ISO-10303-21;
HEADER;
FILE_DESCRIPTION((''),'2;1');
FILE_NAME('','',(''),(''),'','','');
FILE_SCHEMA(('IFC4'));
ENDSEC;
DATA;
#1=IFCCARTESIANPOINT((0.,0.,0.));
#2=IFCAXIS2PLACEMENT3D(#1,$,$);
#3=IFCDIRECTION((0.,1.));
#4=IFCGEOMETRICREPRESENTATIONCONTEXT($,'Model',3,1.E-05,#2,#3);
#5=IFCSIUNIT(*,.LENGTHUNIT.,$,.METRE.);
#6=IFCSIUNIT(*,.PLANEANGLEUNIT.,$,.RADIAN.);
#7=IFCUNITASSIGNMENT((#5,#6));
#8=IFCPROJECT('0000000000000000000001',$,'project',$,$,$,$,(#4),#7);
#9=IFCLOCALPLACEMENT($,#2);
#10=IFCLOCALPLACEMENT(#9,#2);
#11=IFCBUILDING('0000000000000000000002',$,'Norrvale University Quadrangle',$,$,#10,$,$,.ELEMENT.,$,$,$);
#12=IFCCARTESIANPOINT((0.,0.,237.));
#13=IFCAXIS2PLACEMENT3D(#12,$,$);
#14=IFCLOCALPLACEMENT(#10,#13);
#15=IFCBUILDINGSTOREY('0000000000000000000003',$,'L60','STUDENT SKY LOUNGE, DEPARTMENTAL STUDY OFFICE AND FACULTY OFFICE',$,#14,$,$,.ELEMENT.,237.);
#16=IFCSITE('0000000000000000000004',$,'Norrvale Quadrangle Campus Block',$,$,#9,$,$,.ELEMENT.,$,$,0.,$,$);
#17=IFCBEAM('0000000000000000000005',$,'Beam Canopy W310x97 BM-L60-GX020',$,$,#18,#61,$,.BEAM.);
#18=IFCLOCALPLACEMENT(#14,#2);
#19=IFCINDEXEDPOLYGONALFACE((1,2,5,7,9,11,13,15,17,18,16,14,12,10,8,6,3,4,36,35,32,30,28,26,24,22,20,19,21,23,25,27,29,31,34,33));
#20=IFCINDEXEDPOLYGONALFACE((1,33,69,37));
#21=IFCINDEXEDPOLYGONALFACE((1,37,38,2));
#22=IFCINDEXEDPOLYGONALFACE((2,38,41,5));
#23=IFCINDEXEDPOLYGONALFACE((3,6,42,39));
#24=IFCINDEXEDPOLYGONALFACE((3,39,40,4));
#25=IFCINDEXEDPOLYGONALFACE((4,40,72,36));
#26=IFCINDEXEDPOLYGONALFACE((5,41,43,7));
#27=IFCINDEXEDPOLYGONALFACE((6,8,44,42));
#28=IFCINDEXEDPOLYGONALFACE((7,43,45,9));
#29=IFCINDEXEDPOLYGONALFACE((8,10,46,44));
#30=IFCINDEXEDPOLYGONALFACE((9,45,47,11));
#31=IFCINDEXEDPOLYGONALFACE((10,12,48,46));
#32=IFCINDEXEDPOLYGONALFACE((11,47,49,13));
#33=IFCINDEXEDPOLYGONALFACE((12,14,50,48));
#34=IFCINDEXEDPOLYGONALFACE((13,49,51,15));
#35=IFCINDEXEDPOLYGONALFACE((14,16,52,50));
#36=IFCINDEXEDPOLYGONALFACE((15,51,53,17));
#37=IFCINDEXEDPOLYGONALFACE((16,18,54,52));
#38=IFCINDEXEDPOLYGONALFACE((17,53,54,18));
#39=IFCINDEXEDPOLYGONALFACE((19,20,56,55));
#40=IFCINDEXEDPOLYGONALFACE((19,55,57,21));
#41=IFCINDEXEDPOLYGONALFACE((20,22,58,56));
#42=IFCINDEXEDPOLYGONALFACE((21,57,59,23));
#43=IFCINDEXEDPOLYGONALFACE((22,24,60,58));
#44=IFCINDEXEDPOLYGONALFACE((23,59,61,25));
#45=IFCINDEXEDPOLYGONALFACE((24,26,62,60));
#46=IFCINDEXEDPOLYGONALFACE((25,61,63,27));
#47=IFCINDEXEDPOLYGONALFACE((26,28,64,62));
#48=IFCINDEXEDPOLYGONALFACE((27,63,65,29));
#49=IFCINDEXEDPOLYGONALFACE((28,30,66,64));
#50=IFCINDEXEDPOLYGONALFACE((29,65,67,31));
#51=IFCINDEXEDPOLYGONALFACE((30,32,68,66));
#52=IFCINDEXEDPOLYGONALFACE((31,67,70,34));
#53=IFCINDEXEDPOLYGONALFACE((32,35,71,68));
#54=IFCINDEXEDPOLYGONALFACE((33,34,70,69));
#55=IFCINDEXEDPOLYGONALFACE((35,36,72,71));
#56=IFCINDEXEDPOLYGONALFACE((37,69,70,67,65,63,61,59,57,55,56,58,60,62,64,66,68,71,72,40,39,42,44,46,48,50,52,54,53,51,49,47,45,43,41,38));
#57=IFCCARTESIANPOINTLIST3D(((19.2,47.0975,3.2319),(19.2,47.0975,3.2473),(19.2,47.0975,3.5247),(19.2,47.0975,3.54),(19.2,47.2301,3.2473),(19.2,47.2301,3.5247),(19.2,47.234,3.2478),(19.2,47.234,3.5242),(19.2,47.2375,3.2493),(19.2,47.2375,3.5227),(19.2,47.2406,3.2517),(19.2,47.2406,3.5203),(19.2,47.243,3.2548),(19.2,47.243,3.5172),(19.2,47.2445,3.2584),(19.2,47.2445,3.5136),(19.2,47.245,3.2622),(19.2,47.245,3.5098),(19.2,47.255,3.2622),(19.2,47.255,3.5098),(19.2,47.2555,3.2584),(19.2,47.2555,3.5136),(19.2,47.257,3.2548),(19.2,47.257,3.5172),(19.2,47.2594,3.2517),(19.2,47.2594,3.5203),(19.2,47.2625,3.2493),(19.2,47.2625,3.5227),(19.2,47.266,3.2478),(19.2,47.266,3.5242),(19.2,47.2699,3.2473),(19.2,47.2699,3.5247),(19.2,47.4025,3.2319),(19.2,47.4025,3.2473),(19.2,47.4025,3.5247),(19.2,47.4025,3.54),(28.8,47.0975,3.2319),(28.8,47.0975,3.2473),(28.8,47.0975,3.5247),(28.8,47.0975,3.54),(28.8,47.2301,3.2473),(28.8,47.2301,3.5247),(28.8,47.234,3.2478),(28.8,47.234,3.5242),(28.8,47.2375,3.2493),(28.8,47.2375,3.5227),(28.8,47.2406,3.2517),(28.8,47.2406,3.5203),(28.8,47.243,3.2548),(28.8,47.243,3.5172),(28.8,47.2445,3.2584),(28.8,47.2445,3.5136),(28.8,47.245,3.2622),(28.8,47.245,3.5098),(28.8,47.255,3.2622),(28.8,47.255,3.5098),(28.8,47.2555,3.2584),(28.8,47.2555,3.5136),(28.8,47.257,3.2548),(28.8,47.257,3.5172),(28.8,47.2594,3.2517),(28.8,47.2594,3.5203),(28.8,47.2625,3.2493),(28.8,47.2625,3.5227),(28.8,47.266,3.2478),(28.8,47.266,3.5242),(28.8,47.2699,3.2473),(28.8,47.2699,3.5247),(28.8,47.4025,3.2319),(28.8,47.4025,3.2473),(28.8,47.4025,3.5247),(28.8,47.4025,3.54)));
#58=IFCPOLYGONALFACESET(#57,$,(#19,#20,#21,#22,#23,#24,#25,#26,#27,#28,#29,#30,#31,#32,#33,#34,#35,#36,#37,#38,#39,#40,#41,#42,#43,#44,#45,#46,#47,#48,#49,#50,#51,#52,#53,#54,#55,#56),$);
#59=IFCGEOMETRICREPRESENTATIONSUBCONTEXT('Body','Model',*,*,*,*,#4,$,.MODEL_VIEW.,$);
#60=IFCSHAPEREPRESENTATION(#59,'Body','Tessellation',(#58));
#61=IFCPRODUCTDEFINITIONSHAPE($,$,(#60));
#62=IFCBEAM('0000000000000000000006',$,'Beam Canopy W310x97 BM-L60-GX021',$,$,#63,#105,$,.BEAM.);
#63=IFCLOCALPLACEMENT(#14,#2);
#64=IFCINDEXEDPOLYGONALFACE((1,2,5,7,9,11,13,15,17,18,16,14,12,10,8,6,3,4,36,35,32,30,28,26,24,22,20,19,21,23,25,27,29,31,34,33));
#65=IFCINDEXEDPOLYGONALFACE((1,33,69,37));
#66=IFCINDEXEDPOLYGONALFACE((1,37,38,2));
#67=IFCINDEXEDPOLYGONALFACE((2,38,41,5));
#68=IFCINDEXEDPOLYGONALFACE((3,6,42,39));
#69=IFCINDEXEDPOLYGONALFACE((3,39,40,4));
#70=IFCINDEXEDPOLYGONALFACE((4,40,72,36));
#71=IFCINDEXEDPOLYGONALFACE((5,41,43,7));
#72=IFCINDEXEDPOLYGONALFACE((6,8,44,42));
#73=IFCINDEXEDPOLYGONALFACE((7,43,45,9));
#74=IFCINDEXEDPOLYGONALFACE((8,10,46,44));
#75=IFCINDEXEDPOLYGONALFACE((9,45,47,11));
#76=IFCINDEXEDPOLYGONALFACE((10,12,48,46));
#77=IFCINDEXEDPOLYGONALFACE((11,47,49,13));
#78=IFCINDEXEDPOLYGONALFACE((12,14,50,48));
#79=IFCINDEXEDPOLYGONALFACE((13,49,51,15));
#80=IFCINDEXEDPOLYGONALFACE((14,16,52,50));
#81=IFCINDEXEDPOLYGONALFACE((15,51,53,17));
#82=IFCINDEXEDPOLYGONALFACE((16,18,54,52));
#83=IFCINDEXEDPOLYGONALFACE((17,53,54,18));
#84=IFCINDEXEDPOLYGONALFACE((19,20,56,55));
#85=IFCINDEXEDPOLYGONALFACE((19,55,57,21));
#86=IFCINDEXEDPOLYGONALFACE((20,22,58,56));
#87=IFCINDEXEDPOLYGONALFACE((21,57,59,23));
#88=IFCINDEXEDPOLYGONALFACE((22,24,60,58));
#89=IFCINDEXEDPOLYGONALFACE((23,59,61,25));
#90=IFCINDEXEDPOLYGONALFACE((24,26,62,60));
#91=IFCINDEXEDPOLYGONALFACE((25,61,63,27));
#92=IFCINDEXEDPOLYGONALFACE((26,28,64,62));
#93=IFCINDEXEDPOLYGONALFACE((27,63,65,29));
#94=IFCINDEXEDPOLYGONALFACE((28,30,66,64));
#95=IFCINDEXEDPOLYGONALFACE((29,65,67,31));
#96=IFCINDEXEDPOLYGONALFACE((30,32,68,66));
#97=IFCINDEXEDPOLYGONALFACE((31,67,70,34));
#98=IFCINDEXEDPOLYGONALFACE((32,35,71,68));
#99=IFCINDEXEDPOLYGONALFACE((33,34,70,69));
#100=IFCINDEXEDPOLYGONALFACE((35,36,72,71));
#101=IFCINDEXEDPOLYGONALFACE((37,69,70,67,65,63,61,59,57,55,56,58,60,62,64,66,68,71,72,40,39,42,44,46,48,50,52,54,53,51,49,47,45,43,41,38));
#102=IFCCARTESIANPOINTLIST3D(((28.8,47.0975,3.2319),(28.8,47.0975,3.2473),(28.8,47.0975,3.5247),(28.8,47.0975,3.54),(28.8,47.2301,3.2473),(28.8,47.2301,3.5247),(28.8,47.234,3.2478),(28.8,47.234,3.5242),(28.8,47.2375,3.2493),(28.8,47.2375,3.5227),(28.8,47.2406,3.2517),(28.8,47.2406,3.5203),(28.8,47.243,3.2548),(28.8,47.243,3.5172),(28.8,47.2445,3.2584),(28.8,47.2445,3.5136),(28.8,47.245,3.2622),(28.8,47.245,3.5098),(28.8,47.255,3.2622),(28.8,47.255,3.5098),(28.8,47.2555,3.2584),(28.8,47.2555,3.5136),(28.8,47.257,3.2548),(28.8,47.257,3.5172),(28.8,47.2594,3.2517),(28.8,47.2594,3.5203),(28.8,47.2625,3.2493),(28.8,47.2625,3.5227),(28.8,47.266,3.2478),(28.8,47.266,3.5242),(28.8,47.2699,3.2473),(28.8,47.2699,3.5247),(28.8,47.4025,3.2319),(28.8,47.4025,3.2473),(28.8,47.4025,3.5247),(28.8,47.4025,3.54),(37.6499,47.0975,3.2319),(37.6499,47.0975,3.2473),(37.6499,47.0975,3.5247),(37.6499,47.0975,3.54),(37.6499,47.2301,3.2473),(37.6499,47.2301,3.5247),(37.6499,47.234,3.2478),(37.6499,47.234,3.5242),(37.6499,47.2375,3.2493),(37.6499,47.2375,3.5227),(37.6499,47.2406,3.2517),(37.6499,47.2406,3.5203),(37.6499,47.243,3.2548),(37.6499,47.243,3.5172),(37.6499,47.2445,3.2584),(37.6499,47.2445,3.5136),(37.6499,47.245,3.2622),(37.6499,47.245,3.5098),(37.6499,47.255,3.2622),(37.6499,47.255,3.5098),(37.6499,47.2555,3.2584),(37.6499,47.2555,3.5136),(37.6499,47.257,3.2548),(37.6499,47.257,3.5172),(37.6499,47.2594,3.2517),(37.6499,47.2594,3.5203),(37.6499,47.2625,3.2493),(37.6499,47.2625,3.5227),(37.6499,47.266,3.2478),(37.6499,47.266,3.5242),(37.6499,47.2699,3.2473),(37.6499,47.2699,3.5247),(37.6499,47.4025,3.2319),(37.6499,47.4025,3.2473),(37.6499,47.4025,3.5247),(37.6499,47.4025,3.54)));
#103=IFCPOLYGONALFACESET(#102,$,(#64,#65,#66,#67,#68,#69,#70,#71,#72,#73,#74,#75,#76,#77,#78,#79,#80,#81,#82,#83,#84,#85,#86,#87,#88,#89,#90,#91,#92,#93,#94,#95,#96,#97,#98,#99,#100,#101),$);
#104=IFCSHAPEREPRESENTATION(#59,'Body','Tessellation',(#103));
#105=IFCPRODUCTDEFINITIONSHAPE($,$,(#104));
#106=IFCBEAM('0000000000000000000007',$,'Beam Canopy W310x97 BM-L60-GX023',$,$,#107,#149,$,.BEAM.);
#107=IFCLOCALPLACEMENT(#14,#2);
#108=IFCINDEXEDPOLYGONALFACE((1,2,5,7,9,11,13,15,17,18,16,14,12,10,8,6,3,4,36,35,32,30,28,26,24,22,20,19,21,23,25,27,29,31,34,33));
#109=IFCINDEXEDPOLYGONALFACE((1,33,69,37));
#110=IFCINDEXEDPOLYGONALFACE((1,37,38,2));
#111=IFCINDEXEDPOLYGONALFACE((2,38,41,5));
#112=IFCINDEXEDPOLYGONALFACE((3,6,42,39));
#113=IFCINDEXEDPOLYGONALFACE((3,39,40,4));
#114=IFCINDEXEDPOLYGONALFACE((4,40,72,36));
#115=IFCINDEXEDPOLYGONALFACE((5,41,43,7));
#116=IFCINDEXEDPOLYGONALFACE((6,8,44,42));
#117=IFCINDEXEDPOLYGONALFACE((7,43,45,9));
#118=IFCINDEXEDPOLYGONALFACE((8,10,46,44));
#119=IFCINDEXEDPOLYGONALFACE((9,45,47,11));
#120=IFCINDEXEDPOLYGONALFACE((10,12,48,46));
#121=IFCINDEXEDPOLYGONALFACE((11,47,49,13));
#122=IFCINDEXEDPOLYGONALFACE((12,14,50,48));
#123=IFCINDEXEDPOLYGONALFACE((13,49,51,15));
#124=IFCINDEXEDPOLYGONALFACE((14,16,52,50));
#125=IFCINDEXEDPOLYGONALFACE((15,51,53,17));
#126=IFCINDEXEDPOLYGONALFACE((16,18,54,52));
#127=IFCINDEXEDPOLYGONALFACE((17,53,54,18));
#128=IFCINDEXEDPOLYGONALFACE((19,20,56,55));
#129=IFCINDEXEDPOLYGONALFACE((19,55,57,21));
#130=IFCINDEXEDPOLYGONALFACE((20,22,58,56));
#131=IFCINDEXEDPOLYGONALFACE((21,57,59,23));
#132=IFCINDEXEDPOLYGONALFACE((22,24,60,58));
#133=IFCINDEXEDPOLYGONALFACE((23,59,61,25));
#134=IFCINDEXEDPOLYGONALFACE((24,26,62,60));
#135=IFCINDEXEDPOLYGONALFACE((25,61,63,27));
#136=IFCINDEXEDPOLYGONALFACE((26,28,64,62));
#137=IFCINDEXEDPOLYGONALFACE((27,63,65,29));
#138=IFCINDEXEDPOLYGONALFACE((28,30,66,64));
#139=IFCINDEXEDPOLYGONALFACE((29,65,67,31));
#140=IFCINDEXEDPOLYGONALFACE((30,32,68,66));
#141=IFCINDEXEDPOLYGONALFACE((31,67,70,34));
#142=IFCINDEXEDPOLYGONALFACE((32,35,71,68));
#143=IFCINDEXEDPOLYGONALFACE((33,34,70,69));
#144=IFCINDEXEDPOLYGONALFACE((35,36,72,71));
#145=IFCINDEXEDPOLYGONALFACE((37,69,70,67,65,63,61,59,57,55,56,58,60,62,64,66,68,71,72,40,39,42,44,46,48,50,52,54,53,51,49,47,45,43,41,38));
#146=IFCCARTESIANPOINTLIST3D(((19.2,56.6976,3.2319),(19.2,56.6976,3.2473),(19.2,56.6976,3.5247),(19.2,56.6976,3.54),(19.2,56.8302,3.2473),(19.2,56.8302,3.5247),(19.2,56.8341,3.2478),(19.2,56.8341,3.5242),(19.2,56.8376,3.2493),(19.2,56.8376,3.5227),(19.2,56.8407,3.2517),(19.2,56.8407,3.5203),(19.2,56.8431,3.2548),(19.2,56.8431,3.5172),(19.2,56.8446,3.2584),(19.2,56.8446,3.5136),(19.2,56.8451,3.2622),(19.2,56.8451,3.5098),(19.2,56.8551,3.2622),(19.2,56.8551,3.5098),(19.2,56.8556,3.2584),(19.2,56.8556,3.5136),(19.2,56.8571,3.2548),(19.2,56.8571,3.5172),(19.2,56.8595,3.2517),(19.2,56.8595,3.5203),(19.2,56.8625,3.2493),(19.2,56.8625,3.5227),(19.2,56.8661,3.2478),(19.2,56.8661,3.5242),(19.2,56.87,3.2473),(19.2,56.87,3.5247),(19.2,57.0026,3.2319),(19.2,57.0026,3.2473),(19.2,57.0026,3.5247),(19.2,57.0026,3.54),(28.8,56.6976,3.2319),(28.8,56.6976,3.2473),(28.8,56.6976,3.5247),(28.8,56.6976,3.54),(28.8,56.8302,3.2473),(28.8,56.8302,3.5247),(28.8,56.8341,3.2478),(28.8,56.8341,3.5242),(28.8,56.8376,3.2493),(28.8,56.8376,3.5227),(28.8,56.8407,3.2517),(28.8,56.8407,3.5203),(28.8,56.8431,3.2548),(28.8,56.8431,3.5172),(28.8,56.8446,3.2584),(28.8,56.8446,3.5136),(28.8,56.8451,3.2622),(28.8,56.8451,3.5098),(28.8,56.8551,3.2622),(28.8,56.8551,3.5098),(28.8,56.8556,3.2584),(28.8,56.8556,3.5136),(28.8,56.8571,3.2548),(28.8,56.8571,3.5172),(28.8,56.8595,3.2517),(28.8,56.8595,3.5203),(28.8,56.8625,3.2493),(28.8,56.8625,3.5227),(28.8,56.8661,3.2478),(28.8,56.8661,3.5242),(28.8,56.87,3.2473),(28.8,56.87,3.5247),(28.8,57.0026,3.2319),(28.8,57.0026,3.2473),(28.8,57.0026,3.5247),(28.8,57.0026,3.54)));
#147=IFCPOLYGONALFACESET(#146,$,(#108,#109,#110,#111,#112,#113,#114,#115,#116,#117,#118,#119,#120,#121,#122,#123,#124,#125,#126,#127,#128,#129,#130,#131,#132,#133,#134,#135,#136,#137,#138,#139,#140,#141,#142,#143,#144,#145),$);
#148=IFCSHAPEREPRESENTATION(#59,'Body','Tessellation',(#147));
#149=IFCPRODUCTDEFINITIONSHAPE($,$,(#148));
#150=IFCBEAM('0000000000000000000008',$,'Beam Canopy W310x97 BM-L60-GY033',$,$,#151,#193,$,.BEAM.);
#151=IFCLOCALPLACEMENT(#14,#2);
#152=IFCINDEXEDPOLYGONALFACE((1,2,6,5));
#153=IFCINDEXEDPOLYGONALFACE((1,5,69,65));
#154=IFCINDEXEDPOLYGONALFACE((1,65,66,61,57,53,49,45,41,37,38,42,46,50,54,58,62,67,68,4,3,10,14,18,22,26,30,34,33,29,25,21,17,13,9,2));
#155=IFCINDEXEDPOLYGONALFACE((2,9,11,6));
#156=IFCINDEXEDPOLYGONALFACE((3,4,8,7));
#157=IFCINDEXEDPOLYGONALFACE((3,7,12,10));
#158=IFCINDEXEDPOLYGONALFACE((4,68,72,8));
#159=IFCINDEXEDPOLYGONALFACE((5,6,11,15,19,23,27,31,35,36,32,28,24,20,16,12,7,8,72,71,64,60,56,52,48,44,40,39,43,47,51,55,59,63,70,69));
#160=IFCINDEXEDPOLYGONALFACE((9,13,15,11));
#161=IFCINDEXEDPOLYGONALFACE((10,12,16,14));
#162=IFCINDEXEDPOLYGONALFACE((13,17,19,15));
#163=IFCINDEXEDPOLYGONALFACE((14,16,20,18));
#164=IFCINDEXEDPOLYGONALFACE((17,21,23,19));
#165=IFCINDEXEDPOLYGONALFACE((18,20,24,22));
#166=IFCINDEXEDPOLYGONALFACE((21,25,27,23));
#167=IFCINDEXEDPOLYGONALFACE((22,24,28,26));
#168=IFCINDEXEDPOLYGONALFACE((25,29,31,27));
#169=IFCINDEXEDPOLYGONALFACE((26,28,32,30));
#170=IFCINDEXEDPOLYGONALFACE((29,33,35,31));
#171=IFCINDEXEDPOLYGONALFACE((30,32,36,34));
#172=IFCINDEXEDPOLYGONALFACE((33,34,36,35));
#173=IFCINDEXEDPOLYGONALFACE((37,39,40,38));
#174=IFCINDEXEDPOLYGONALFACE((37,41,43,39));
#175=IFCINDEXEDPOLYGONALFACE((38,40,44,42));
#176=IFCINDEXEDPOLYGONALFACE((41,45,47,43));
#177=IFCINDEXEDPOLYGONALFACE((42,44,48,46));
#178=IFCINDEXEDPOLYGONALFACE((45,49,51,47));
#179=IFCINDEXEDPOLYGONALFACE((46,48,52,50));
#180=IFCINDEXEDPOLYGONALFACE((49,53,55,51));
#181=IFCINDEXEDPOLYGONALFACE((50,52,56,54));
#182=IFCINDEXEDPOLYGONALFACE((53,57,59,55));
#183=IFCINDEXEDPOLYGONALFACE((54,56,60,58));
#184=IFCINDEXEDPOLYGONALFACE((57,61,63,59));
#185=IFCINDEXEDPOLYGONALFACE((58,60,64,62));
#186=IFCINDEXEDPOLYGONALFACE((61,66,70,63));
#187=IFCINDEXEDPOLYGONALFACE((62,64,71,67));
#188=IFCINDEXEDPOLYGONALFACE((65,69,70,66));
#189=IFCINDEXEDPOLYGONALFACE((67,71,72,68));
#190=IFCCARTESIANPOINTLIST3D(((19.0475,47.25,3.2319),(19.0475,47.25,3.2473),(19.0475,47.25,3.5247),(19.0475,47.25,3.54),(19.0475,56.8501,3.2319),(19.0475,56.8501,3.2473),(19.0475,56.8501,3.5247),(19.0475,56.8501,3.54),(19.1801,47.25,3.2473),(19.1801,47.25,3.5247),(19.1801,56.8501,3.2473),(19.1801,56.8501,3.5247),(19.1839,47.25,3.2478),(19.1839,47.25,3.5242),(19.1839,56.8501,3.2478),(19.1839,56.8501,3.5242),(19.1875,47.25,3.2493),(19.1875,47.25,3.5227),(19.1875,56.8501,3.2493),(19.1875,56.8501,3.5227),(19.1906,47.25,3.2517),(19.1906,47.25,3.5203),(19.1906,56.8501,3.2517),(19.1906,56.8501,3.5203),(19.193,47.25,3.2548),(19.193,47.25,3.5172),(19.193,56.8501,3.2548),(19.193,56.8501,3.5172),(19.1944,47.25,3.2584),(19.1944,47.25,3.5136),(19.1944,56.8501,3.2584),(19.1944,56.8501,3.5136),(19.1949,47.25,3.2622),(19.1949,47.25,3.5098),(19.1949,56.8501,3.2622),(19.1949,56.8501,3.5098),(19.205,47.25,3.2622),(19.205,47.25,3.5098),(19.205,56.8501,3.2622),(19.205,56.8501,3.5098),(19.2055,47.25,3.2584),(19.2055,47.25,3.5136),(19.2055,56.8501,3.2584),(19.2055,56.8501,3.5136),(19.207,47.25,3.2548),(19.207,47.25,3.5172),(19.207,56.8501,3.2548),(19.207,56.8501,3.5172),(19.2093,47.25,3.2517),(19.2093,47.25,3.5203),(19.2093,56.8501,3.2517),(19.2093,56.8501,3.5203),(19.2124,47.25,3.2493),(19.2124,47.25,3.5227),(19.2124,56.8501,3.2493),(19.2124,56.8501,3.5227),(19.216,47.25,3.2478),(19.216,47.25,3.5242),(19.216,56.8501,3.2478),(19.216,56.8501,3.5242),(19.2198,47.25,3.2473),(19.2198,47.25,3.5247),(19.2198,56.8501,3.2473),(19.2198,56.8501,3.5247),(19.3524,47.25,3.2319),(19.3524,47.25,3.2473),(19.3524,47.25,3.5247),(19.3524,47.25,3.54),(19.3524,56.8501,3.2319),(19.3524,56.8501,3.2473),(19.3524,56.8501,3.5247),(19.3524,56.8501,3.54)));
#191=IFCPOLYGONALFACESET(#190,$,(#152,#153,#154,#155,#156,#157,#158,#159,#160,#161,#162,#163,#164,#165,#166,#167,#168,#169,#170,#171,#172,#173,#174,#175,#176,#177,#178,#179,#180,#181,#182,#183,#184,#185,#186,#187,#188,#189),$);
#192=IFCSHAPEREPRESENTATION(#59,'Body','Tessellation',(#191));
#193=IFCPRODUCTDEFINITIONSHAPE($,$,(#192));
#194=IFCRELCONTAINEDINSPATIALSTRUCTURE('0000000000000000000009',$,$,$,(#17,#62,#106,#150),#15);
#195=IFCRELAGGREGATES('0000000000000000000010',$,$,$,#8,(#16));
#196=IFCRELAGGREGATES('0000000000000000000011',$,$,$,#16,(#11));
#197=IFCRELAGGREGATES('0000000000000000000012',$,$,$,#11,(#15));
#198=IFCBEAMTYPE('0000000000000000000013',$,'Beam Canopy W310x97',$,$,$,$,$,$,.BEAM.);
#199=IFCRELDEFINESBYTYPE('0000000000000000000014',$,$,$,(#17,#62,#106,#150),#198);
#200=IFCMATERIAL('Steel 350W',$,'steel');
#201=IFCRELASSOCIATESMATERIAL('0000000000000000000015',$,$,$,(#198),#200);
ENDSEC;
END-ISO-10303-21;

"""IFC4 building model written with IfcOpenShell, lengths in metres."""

from ifc_helpers import new_model, si_unit, direction, frame, origin, origin_2d, place, context, subcontext, project, spatial, i_section, extrude, material, material_profile, profile_set, type_object, element, save


model = new_model("IFC4")

# Units and contexts
model_context = context("Model", 3, precision=1e-05, world=origin(), true_north=direction((0.0, 1.0)))
body_context = subcontext(model_context, "Body", "Model", "MODEL_VIEW")
ifc_project = project(units=[si_unit("LENGTHUNIT", "METRE"), si_unit("PLANEANGLEUNIT", "RADIAN")], contexts=[model_context])

# Site, building, storey
site_placement = place(None, origin())
site = spatial("IfcSite", under=ifc_project, at=site_placement, Name="Norrvale Quadrangle Campus Block", CompositionType="ELEMENT", RefElevation=0.0)
building_placement = place(site_placement, origin())
building = spatial("IfcBuilding", under=site, at=building_placement, Name="Norrvale University Quadrangle", CompositionType="ELEMENT")
storey_placement = place(building_placement, frame((0.0, 0.0, 237.0)))
storey = spatial("IfcBuildingStorey", under=building, at=storey_placement, Name="L60", Description="STUDENT SKY LOUNGE, DEPARTMENTAL STUDY OFFICE AND FACULTY OFFICE", CompositionType="ELEMENT", Elevation=237.0)

# Beams
ifc_material_1 = material(Name="Steel 350W", Category="steel")
ifc_material_profile_1 = material_profile(ifc_material_1, i_section(OverallWidth=0.3049, OverallDepth=0.3081, WebThickness=0.01, FlangeThickness=0.0154, FilletRadius=0.0149, at=origin_2d()), Name="Steel 350W")
ifc_profile_set_1 = profile_set([ifc_material_profile_1], Name="Steel 350W")
beam_type_1 = type_object("IfcBeamType", Name="Beam Canopy W310x97", PredefinedType="BEAM", material=ifc_profile_set_1)
beam_1_placement = place(storey_placement, frame((19.2, 47.25, 3.386), z_axis=(1.0, 0.0, 0.0), x_axis=(0.0, 1.0, 0.0)))
element("IfcBeam", 1, at=beam_1_placement, inside=storey, type_object=beam_type_1, Name="Beam Canopy W310x97 BM-L60-GX020", PredefinedType="BEAM", context=body_context, shape_type="SweptSolid", body=[
    extrude(i_section(OverallWidth=0.3049, OverallDepth=0.3081, WebThickness=0.01, FlangeThickness=0.0154, FilletRadius=0.0149, at=origin_2d()), origin(), (0.0, 0.0, 1.0), 9.6001),
])
beam_2_placement = place(storey_placement, frame((28.8, 47.25, 3.386), z_axis=(1.0, 0.0, 0.0), x_axis=(0.0, 1.0, 0.0)))
element("IfcBeam", 2, at=beam_2_placement, inside=storey, type_object=beam_type_1, Name="Beam Canopy W310x97 BM-L60-GX021", PredefinedType="BEAM", context=body_context, shape_type="SweptSolid", body=[
    extrude(i_section(OverallWidth=0.3049, OverallDepth=0.3081, WebThickness=0.01, FlangeThickness=0.0154, FilletRadius=0.0149, at=origin_2d()), origin(), (0.0, 0.0, 1.0), 8.8499),
])
for number, where, z_axis, x_axis, name in (
    (3, (19.2, 56.8501, 3.386), (1.0, 0.0, 0.0), (0.0, 1.0, 0.0), "Beam Canopy W310x97 BM-L60-GX023"),
    (4, (19.2, 47.25, 3.386), (0.0, 1.0, 0.0), (-1.0, 0.0, 0.0), "Beam Canopy W310x97 BM-L60-GY033"),
):
    element("IfcBeam", number, at=place(storey_placement, frame(where, z_axis=z_axis, x_axis=x_axis)), inside=storey, type_object=beam_type_1, Name=name, PredefinedType="BEAM", context=body_context, shape_type="SweptSolid", body=[
        extrude(i_section(OverallWidth=0.3049, OverallDepth=0.3081, WebThickness=0.01, FlangeThickness=0.0154, FilletRadius=0.0149, at=origin_2d()), origin(), (0.0, 0.0, 1.0), 9.6001),
    ])

save(model, "model.ifc")
